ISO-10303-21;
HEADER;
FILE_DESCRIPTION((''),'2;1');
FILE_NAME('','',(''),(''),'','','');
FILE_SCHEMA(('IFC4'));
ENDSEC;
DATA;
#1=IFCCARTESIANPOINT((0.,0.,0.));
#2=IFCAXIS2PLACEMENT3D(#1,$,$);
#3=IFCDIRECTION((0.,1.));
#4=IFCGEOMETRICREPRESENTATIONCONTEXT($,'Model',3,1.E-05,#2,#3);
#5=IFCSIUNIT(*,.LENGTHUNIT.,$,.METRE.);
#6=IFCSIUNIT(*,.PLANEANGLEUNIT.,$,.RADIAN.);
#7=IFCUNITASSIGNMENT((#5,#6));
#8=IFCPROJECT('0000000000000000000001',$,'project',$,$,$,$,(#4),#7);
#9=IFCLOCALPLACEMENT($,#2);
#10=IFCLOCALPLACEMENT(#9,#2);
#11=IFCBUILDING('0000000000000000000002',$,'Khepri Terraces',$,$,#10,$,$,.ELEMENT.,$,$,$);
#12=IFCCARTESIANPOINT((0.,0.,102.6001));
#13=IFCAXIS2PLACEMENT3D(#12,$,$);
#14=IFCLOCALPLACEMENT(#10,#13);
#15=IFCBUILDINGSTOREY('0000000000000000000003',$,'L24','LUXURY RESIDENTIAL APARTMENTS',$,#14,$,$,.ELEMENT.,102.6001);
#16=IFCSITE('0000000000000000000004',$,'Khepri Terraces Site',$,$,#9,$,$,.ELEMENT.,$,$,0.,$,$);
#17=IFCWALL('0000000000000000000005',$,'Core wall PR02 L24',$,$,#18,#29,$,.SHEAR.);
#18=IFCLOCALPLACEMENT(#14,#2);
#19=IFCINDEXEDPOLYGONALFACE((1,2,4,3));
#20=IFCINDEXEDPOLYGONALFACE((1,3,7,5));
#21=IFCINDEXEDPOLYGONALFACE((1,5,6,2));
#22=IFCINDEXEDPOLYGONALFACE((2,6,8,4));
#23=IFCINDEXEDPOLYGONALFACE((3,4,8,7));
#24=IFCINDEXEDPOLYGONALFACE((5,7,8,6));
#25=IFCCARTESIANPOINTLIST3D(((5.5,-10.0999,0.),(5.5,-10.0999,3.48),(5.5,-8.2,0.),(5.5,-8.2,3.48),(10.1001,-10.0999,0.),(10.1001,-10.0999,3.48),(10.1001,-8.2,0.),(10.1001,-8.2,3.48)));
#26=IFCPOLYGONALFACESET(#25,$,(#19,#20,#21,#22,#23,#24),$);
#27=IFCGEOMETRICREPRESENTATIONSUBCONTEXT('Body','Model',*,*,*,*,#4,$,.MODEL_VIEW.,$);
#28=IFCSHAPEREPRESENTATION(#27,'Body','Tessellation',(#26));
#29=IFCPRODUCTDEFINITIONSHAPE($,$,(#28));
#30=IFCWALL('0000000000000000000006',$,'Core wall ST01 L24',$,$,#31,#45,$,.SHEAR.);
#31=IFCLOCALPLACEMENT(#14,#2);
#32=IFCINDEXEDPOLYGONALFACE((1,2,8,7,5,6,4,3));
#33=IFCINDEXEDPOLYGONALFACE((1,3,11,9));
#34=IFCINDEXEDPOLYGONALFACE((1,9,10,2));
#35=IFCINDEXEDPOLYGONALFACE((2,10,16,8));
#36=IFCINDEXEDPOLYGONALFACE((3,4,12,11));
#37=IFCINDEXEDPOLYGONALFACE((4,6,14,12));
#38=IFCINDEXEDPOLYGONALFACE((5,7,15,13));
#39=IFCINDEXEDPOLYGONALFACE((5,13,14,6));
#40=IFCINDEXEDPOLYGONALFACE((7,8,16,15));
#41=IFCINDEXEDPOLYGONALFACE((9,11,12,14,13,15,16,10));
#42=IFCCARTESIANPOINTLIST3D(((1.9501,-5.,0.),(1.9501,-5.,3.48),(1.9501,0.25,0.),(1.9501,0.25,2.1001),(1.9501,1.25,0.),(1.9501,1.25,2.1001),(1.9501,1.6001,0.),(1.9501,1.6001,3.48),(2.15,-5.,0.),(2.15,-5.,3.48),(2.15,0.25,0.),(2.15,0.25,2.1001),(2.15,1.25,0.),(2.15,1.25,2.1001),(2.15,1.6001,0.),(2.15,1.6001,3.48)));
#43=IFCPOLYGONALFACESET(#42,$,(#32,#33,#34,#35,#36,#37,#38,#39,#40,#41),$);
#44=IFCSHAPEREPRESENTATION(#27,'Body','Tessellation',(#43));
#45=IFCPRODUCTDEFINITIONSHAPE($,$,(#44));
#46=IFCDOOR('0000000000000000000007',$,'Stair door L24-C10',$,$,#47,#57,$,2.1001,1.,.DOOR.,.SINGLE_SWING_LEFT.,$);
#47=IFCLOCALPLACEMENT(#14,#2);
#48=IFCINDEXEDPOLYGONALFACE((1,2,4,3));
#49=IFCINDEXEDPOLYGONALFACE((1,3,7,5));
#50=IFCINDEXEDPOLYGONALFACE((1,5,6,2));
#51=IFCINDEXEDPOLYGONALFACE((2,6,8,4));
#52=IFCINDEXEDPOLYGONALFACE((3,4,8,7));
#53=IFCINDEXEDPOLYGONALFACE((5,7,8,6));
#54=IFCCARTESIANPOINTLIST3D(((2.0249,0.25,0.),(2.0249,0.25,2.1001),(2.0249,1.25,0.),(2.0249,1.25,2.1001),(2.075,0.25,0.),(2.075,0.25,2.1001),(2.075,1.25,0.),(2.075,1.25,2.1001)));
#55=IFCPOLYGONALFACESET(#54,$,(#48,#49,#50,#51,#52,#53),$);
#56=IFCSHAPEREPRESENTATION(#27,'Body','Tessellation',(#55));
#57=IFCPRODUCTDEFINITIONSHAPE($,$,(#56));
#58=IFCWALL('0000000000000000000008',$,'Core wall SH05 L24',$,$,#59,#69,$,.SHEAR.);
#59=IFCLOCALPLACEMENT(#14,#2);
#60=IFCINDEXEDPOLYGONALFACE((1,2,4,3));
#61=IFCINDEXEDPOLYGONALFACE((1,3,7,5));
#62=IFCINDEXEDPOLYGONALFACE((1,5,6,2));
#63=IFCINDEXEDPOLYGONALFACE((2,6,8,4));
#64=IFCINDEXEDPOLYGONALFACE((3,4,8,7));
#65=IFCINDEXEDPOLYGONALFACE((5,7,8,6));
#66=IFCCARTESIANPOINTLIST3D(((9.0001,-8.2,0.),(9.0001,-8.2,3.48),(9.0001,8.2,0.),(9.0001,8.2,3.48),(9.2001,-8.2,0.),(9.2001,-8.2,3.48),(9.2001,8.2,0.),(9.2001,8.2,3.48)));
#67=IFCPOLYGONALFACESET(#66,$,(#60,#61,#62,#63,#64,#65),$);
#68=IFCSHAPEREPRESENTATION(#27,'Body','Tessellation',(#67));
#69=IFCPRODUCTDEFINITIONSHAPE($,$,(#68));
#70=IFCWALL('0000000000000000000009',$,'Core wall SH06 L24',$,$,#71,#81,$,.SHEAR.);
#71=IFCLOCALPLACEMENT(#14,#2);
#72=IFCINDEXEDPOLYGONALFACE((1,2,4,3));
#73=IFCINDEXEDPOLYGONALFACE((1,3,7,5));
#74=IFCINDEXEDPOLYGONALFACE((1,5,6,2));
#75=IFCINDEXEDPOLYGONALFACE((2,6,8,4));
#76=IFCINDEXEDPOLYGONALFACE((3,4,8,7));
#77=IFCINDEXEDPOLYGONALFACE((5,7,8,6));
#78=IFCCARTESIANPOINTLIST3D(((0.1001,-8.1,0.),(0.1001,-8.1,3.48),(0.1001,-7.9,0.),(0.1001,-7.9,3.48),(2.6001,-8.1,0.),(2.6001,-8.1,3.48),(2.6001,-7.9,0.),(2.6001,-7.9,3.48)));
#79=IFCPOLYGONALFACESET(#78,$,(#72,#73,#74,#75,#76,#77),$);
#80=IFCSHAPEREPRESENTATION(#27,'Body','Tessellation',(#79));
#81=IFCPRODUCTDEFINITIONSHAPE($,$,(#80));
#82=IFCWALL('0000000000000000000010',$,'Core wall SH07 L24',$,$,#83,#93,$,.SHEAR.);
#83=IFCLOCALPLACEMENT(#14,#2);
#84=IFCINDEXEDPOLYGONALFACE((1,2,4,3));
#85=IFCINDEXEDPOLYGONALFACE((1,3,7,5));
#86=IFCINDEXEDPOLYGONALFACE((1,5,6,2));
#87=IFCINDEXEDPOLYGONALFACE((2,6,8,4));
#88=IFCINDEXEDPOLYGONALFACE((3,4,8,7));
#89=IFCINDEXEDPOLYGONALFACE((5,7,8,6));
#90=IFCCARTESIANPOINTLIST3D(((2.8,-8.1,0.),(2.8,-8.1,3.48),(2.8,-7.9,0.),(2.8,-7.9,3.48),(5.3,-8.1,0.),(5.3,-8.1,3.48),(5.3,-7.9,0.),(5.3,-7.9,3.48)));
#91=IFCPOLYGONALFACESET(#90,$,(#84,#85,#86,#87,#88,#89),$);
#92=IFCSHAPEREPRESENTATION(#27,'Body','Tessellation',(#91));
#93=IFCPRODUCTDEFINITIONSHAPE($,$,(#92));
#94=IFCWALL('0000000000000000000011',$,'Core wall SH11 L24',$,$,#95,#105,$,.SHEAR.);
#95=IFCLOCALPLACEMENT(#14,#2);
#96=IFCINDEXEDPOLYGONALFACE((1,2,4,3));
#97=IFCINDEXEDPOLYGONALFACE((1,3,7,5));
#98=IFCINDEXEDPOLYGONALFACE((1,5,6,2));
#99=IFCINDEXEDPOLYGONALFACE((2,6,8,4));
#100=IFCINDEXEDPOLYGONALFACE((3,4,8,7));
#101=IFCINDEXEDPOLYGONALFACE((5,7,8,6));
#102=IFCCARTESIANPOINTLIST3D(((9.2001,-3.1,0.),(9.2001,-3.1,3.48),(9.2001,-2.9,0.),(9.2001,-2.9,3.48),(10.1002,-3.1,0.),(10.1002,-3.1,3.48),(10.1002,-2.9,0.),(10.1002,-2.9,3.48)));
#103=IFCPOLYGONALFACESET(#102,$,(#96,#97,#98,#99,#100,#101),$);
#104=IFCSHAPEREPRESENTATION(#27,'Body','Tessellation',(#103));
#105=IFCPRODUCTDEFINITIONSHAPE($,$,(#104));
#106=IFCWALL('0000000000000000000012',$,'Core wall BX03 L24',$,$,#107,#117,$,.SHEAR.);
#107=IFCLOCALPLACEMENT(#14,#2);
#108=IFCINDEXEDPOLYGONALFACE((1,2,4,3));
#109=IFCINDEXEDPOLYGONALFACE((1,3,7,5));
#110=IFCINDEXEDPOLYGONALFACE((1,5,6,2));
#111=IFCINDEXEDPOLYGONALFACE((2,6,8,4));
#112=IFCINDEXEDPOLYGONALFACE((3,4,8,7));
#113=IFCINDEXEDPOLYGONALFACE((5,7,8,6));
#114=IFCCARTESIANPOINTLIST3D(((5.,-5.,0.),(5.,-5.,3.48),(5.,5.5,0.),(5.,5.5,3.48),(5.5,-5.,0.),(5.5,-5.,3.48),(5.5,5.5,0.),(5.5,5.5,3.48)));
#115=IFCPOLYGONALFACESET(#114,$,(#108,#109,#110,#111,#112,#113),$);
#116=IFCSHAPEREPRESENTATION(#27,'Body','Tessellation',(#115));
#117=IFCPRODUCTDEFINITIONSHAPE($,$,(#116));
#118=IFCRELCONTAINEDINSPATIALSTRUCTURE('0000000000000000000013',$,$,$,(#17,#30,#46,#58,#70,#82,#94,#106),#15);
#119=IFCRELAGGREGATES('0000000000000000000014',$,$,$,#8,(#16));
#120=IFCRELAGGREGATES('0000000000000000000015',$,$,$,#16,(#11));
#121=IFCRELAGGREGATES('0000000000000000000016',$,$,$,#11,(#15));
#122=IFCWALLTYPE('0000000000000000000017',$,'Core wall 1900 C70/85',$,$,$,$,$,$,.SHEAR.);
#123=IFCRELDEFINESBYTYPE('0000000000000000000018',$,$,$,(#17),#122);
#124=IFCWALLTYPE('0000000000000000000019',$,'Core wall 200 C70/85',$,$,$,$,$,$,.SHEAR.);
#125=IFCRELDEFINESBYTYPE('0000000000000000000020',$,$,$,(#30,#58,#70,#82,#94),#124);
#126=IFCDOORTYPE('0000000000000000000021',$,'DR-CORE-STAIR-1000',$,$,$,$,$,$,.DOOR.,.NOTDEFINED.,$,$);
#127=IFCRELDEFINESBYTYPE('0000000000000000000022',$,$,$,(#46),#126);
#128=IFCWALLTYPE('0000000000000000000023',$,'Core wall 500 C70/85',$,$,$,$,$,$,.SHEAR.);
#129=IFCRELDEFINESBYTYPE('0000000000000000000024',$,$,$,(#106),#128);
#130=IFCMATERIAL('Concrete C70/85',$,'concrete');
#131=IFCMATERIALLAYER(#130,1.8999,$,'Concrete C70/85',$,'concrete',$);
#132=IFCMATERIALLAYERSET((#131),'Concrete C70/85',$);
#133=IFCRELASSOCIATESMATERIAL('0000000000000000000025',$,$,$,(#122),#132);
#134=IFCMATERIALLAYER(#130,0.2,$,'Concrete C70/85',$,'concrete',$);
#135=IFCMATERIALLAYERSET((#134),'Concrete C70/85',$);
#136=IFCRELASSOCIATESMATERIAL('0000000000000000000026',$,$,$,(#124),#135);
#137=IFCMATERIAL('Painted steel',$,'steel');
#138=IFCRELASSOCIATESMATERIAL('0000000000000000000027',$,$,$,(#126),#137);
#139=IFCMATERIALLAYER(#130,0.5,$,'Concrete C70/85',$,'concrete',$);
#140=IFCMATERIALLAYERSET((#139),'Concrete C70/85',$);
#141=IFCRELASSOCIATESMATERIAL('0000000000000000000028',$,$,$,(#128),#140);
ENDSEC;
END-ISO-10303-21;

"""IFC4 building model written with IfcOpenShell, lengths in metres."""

from ifc_helpers import new_model, si_unit, direction, frame, frame_2d, origin, place, context, subcontext, project, spatial, rectangle, extrude, material, layer, layer_set, type_object, element, fill, save


model = new_model("IFC4")

# Units and contexts
model_context = context("Model", 3, precision=1e-05, world=origin(), true_north=direction((0.0, 1.0)))
body_context = subcontext(model_context, "Body", "Model", "MODEL_VIEW")
ifc_project = project(units=[si_unit("LENGTHUNIT", "METRE"), si_unit("PLANEANGLEUNIT", "RADIAN")], contexts=[model_context])

# Site, building, storey
site_placement = place(None, origin())
site = spatial("IfcSite", under=ifc_project, at=site_placement, Name="Khepri Terraces Site", CompositionType="ELEMENT", RefElevation=0.0)
building_placement = place(site_placement, origin())
building = spatial("IfcBuilding", under=site, at=building_placement, Name="Khepri Terraces", CompositionType="ELEMENT")
storey_placement = place(building_placement, frame((0.0, 0.0, 102.6001)))
storey = spatial("IfcBuildingStorey", under=building, at=storey_placement, Name="L24", Description="LUXURY RESIDENTIAL APARTMENTS", CompositionType="ELEMENT", Elevation=102.6001)

# Wall
ifc_material_1 = material(Name="Concrete C70/85", Category="concrete")
ifc_layer_1 = layer(ifc_material_1, 1.8999, Name="Concrete C70/85", Category="concrete")
ifc_layer_set_1 = layer_set([ifc_layer_1], Name="Concrete C70/85")
wall_type_1 = type_object("IfcWallType", Name="Core wall 1900 C70/85", PredefinedType="SHEAR", material=ifc_layer_set_1)
wall_1_placement = place(storey_placement, frame((5.5, -9.1499, 0.0), z_axis=(0.0, 0.0, 1.0), x_axis=(1.0, 0.0, 0.0)))
element("IfcWall", 1, at=wall_1_placement, inside=storey, type_object=wall_type_1, Name="Core wall PR02 L24", PredefinedType="SHEAR", context=body_context, shape_type="SweptSolid", body=[
    extrude(rectangle(XDim=4.6001, YDim=1.8999, at=frame_2d((2.3, 0.0))), origin(), (0.0, 0.0, 1.0), 3.48),
])

# Wall, opening, door
ifc_layer_2 = layer(ifc_material_1, 0.2, Name="Concrete C70/85", Category="concrete")
ifc_layer_set_2 = layer_set([ifc_layer_2], Name="Concrete C70/85")
wall_type_2 = type_object("IfcWallType", Name="Core wall 200 C70/85", PredefinedType="SHEAR", material=ifc_layer_set_2)
wall_2_placement = place(storey_placement, frame((2.05, -5.0, 0.0), z_axis=(0.0, 0.0, 1.0), x_axis=(0.0, 1.0, 0.0)))
wall_2 = element("IfcWall", 2, at=wall_2_placement, inside=storey, type_object=wall_type_2, Name="Core wall ST01 L24", PredefinedType="SHEAR", context=body_context, shape_type="SweptSolid", body=[
    extrude(rectangle(XDim=6.6001, YDim=0.2, at=frame_2d((3.3, 0.0))), origin(), (0.0, 0.0, 1.0), 3.48),
])
opening_1_placement = place(wall_2_placement, frame((5.25, 0.0, 0.0)))
opening_1 = element("IfcOpeningElement", 3, at=opening_1_placement, cuts=wall_2, PredefinedType="OPENING", context=body_context, shape_type="SweptSolid", body=[
    extrude(rectangle(XDim=1.0, YDim=2.1001, at=frame_2d((0.5, 1.05))), frame((0.0, 0.1099, 0.0), z_axis=(0.0, -1.0, 0.0), x_axis=(1.0, 0.0, 0.0)), (0.0, 0.0, 1.0), 0.22),
])
ifc_material_2 = material(Name="Painted steel", Category="steel")
door_type_1 = type_object("IfcDoorType", Name="DR-CORE-STAIR-1000", OperationType="NOTDEFINED", PredefinedType="DOOR", material=ifc_material_2)
door_1_placement = place(opening_1_placement, frame((1.0, 0.0, 0.0), z_axis=(0.0, 0.0, 1.0), x_axis=(-1.0, 0.0, 0.0)))
door_1 = element("IfcDoor", 4, at=door_1_placement, inside=storey, type_object=door_type_1, Name="Stair door L24-C10", OperationType="SINGLE_SWING_LEFT", OverallHeight=2.1001, OverallWidth=1.0, PredefinedType="DOOR", context=body_context, shape_type="SweptSolid", body=[
    extrude(rectangle(XDim=1.0, YDim=2.1001, at=frame_2d((0.5, 1.05))), frame((0.0, 0.0249, 0.0), z_axis=(0.0, -1.0, 0.0), x_axis=(1.0, 0.0, 0.0)), (0.0, 0.0, 1.0), 0.05),
])
fill(opening_1, door_1)

# Walls
wall_3_placement = place(storey_placement, frame((9.1001, -8.2, 0.0), z_axis=(0.0, 0.0, 1.0), x_axis=(0.0, 1.0, 0.0)))
element("IfcWall", 5, at=wall_3_placement, inside=storey, type_object=wall_type_2, Name="Core wall SH05 L24", PredefinedType="SHEAR", context=body_context, shape_type="SweptSolid", body=[
    extrude(rectangle(XDim=16.3999, YDim=0.2, at=frame_2d((8.2, 0.0))), origin(), (0.0, 0.0, 1.0), 3.48),
])
for number, where, z_axis, x_axis, name in (
    (6, (0.1001, -8.0, 0.0), (0.0, 0.0, 1.0), (1.0, 0.0, 0.0), "Core wall SH06 L24"),
    (7, (2.8, -8.0, 0.0), (0.0, 0.0, 1.0), (1.0, 0.0, 0.0), "Core wall SH07 L24"),
):
    element("IfcWall", number, at=place(storey_placement, frame(where, z_axis=z_axis, x_axis=x_axis)), inside=storey, type_object=wall_type_2, Name=name, PredefinedType="SHEAR", context=body_context, shape_type="SweptSolid", body=[
        extrude(rectangle(XDim=2.5, YDim=0.2, at=frame_2d((1.25, 0.0))), origin(), (0.0, 0.0, 1.0), 3.48),
    ])
wall_4_placement = place(storey_placement, frame((9.2, -3.0, 0.0), z_axis=(0.0, 0.0, 1.0), x_axis=(1.0, 0.0, 0.0)))
element("IfcWall", 8, at=wall_4_placement, inside=storey, type_object=wall_type_2, Name="Core wall SH11 L24", PredefinedType="SHEAR", context=body_context, shape_type="SweptSolid", body=[
    extrude(rectangle(XDim=0.9001, YDim=0.2, at=frame_2d((0.4502, 0.0))), origin(), (0.0, 0.0, 1.0), 3.48),
])
ifc_layer_3 = layer(ifc_material_1, 0.5, Name="Concrete C70/85", Category="concrete")
ifc_layer_set_3 = layer_set([ifc_layer_3], Name="Concrete C70/85")
wall_type_3 = type_object("IfcWallType", Name="Core wall 500 C70/85", PredefinedType="SHEAR", material=ifc_layer_set_3)
wall_5_placement = place(storey_placement, frame((5.25, -5.0, 0.0), z_axis=(0.0, 0.0, 1.0), x_axis=(0.0, 1.0, 0.0)))
element("IfcWall", 9, at=wall_5_placement, inside=storey, type_object=wall_type_3, Name="Core wall BX03 L24", PredefinedType="SHEAR", context=body_context, shape_type="SweptSolid", body=[
    extrude(rectangle(XDim=10.5, YDim=0.5, at=frame_2d((5.25, 0.0))), origin(), (0.0, 0.0, 1.0), 3.48),
])

save(model, "model.ifc")
